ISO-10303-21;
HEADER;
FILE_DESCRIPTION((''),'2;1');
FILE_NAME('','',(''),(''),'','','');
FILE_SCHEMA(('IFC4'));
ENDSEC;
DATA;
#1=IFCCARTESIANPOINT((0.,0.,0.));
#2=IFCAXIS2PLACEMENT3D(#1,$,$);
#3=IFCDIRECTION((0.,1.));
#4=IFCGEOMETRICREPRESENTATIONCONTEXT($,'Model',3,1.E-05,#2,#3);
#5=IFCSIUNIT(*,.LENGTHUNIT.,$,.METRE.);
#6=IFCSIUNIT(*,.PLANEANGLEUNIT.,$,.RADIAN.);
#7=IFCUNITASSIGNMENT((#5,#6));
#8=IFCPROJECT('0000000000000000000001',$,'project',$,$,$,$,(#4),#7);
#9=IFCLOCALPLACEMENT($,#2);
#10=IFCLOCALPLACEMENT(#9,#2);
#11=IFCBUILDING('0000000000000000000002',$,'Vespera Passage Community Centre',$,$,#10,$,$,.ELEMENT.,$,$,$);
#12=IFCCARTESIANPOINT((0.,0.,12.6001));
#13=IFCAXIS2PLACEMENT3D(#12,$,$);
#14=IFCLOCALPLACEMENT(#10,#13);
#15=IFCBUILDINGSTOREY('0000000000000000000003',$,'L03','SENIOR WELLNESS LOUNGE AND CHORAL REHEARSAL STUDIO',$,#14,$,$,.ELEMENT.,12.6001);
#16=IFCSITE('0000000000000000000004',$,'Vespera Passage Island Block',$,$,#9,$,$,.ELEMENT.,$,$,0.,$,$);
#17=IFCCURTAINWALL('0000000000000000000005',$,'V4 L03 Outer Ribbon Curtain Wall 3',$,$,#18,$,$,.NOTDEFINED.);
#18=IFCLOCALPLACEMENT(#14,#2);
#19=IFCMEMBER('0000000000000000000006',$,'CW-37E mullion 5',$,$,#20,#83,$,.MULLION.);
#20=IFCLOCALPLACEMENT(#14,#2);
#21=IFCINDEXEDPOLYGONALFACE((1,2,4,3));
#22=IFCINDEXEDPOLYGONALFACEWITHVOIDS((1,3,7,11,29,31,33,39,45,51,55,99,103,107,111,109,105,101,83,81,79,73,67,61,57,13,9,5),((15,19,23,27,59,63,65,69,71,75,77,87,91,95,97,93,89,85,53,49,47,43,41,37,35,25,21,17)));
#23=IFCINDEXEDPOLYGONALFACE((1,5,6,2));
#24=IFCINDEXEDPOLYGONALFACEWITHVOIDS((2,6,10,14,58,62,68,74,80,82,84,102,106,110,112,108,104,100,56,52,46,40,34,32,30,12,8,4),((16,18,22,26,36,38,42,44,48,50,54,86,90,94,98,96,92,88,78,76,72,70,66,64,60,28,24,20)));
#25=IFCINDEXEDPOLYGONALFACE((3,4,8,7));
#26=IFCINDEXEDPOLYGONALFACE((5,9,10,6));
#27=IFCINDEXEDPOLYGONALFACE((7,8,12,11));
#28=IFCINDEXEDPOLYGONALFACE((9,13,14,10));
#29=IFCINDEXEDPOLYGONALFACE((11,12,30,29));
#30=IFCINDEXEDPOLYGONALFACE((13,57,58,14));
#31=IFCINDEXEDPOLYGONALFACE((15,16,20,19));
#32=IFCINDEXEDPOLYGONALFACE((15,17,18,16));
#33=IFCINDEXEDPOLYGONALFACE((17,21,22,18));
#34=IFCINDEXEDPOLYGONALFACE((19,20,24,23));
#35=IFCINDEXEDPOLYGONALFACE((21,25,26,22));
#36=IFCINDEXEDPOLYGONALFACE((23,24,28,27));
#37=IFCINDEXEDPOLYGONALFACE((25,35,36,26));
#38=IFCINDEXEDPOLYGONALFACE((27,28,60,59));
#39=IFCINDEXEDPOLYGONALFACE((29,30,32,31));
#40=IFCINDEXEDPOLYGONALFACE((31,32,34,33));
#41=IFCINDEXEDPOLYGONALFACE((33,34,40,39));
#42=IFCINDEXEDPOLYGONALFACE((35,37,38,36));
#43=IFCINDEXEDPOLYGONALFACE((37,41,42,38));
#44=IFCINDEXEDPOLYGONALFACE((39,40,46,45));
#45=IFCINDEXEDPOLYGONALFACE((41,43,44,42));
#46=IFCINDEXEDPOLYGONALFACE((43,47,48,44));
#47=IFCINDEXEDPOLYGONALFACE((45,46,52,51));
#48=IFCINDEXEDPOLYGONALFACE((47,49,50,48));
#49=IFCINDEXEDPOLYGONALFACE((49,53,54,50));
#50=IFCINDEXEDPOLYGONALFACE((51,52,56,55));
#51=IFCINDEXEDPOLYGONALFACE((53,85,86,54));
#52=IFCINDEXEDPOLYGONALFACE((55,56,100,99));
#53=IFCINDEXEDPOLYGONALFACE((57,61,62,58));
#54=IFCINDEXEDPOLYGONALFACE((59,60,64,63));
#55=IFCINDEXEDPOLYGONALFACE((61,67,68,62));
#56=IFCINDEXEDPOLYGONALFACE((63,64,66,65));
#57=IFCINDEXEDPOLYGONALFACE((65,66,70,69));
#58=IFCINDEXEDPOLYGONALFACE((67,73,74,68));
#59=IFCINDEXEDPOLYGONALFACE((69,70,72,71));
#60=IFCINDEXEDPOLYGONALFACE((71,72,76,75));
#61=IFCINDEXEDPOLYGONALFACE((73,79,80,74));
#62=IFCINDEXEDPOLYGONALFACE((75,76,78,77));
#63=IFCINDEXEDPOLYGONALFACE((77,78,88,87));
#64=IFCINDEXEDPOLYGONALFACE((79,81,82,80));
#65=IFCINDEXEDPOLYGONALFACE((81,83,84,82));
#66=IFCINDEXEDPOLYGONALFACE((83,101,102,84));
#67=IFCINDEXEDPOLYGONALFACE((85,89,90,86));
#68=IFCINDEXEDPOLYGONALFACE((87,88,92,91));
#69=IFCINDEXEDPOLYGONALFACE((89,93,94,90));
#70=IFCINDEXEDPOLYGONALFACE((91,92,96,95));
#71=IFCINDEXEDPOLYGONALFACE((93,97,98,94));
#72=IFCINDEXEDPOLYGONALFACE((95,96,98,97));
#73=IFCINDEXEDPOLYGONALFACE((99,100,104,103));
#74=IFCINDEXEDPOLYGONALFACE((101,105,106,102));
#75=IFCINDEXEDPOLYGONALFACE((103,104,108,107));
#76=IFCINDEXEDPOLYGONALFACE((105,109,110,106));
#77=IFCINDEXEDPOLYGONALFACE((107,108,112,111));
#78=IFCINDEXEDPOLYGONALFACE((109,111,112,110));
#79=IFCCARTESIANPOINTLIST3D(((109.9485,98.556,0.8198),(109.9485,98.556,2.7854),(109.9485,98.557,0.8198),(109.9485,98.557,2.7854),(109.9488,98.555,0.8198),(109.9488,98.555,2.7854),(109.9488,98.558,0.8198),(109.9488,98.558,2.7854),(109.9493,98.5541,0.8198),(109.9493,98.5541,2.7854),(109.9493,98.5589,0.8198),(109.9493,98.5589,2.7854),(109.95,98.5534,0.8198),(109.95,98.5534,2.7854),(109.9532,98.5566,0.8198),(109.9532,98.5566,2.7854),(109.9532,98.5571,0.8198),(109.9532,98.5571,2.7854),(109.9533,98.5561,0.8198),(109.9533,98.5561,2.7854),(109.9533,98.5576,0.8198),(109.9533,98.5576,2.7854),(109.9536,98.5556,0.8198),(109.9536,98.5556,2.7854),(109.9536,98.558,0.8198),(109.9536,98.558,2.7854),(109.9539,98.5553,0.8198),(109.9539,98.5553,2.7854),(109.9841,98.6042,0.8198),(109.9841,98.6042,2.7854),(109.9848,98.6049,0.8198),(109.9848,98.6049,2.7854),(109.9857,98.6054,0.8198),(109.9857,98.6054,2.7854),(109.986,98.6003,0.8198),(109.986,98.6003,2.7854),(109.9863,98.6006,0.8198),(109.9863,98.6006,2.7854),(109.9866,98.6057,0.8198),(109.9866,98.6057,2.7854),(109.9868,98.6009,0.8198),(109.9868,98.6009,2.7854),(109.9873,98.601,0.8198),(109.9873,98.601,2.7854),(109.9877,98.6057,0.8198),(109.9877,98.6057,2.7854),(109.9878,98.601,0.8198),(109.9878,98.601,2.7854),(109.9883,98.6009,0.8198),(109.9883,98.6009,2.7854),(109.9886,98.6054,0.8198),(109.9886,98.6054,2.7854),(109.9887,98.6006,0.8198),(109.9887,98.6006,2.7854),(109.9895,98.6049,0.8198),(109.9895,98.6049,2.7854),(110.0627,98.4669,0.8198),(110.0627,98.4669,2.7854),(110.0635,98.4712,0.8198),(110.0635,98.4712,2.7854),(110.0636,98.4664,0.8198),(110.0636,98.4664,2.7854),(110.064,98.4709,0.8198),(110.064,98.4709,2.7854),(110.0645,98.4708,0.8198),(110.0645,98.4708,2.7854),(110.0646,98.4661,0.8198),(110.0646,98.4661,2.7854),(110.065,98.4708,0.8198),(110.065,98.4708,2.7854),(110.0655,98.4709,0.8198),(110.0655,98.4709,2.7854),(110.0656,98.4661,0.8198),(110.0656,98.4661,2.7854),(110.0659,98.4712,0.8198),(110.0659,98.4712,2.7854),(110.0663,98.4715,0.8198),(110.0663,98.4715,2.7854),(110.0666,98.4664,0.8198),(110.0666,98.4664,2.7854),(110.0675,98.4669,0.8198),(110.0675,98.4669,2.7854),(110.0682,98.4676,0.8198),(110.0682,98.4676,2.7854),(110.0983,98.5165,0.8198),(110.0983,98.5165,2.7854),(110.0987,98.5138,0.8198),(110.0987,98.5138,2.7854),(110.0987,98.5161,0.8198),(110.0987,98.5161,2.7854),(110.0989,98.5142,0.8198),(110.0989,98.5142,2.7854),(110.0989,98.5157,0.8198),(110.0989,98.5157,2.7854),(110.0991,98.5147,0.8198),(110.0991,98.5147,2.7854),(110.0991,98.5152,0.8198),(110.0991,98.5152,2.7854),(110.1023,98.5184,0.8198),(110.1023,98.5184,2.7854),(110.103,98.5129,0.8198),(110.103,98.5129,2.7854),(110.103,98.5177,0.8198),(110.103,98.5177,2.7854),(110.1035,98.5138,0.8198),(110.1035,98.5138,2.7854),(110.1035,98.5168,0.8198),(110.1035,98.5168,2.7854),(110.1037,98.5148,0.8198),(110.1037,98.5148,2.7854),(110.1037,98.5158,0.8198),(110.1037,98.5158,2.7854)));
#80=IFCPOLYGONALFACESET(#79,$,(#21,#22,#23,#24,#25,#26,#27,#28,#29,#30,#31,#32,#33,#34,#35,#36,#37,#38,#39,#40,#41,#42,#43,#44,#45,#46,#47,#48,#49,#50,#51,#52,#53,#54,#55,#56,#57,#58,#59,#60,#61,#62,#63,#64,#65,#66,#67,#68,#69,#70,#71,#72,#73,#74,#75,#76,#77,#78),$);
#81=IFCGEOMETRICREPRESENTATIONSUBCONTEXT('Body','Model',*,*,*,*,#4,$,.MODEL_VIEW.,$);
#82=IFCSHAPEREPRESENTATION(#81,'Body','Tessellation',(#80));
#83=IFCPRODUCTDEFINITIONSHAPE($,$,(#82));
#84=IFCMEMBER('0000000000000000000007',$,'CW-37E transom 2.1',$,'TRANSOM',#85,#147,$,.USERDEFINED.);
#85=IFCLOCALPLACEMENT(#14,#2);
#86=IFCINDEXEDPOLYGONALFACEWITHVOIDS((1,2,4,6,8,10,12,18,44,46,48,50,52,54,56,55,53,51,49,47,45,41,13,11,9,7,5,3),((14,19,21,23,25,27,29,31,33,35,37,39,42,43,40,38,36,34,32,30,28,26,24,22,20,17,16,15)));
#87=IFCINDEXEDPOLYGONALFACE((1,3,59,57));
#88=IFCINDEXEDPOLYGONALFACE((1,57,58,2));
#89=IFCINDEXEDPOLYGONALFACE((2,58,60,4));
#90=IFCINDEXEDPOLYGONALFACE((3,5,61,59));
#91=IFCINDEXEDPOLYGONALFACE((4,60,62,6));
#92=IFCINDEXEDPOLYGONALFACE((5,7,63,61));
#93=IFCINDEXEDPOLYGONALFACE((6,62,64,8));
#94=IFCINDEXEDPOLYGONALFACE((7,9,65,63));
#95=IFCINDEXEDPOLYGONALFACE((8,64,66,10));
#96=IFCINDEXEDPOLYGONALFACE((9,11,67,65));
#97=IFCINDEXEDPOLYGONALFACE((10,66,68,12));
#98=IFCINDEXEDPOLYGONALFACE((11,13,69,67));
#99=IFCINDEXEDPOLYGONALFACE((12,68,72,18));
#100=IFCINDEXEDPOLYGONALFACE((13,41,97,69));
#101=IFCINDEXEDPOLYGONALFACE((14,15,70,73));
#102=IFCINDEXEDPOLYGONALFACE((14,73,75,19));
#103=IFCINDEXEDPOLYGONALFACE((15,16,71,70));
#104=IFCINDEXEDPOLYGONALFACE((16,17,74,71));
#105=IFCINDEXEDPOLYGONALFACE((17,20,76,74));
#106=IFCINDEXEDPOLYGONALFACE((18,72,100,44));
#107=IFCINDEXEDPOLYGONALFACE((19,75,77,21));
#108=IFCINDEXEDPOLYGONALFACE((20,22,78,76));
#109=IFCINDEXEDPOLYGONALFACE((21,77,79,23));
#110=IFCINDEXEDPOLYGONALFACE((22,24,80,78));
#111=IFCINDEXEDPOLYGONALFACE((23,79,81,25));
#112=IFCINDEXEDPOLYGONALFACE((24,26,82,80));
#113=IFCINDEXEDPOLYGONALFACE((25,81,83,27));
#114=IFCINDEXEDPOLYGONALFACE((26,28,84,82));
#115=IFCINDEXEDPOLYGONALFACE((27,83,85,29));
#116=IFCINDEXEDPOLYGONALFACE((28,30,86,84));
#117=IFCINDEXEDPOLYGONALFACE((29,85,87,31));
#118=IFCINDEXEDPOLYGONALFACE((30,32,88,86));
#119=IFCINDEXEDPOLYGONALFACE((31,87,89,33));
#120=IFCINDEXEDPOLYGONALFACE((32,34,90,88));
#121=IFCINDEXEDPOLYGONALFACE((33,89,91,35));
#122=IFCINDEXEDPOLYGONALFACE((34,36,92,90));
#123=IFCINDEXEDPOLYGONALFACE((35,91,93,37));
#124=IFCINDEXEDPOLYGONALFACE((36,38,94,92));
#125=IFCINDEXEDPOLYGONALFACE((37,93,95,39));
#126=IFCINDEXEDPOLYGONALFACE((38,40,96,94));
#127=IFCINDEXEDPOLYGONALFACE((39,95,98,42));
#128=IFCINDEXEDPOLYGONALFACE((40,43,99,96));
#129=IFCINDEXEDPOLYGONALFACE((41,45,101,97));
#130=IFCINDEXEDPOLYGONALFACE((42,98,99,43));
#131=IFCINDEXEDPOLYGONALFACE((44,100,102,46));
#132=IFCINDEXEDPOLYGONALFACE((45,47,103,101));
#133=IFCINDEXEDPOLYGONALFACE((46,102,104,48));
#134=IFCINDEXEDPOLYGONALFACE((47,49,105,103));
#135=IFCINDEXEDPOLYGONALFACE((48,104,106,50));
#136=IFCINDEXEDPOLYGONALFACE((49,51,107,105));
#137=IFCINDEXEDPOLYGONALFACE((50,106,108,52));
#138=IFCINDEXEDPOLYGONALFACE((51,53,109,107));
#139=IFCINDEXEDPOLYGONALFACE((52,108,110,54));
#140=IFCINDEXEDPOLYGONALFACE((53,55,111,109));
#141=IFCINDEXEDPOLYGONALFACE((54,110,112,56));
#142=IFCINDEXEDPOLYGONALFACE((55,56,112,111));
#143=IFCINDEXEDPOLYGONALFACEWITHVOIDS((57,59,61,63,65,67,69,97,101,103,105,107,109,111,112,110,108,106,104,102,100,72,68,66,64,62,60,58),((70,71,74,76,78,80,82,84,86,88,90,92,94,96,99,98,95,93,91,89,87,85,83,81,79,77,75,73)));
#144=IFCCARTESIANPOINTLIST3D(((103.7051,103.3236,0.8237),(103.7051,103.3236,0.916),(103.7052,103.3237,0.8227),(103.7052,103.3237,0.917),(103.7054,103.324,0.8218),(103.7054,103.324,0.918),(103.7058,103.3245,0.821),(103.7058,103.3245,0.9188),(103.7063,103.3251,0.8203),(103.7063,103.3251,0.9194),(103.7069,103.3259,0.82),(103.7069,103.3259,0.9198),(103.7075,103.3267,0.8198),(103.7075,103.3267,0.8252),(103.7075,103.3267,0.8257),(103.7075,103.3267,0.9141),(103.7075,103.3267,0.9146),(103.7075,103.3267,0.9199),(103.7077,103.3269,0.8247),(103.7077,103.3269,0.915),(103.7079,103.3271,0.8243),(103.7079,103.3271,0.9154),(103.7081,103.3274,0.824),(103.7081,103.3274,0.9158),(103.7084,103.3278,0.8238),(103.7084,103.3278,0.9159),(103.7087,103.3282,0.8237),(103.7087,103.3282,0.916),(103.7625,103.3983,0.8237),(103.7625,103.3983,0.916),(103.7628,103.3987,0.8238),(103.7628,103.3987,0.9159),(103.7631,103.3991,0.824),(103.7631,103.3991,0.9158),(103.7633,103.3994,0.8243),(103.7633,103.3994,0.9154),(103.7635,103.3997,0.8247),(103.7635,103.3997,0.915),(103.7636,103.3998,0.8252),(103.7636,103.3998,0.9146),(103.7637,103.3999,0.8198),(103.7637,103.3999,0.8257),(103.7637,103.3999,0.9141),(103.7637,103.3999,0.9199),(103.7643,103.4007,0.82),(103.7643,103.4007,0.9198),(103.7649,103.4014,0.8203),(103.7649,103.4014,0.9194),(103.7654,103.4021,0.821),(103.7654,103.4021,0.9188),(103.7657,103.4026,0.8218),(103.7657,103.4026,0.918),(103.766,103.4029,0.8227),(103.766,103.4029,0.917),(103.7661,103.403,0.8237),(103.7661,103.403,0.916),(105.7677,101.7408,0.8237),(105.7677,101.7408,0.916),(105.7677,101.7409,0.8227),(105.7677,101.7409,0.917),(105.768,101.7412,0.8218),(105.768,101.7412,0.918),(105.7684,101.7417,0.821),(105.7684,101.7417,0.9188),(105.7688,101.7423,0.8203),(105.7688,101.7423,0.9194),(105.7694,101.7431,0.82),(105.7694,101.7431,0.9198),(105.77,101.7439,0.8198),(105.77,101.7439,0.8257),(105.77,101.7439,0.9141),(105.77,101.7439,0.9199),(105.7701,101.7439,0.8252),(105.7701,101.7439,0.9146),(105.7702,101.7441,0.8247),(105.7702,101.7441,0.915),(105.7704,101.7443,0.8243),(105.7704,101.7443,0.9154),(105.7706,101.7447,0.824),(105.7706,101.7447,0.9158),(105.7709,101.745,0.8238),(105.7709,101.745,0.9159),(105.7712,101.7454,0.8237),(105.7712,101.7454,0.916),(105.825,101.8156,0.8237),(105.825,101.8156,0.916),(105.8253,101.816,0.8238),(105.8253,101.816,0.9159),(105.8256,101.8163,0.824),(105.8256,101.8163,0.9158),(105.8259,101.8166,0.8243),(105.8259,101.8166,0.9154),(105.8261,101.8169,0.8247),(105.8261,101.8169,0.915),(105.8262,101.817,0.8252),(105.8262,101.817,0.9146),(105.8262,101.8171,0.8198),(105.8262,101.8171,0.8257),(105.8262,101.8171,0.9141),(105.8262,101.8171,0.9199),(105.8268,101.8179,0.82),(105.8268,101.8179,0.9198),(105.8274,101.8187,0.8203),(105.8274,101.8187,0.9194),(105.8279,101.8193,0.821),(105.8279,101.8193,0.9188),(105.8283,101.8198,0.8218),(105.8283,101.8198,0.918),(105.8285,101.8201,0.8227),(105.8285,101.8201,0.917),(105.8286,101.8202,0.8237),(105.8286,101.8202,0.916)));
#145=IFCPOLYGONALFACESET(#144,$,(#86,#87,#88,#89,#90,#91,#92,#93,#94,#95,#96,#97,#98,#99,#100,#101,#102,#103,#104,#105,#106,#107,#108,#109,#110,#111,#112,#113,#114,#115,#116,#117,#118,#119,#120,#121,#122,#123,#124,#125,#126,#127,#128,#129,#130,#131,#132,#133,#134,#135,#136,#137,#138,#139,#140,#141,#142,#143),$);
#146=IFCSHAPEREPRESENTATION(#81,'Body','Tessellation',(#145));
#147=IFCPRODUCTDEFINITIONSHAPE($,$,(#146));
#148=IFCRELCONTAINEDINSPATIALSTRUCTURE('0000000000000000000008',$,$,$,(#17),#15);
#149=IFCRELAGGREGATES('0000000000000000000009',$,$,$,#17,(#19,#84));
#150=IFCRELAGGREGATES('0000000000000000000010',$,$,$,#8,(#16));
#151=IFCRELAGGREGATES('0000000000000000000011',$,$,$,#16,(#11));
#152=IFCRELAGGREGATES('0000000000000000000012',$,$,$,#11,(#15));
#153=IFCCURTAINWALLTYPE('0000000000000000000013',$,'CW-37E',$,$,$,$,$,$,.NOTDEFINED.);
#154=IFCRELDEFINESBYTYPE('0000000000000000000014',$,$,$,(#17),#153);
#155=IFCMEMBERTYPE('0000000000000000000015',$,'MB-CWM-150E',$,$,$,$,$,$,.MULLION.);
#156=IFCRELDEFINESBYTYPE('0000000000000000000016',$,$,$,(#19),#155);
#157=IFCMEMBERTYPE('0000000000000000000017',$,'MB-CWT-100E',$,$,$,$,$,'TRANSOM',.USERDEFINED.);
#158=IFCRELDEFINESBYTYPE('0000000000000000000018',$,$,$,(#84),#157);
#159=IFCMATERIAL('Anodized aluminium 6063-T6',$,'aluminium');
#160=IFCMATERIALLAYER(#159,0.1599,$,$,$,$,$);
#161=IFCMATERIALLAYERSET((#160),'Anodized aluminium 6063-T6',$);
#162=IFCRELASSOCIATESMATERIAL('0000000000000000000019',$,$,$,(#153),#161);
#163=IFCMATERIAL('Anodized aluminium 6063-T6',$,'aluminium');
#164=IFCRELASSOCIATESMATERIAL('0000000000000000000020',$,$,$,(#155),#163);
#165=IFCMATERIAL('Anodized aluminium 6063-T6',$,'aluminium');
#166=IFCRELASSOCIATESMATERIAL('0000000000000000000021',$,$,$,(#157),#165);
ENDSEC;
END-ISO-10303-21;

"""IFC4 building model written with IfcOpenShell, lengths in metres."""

from ifc_helpers import new_model, si_unit, direction, frame, origin, origin_2d, place, context, subcontext, project, spatial, hollow_rectangle, extrude, material, layer, layer_set, material_profile, profile_set, type_object, element, aggregate, save


model = new_model("IFC4")

# Units and contexts
model_context = context("Model", 3, precision=1e-05, world=origin(), true_north=direction((0.0, 1.0)))
body_context = subcontext(model_context, "Body", "Model", "MODEL_VIEW")
ifc_project = project(units=[si_unit("LENGTHUNIT", "METRE"), si_unit("PLANEANGLEUNIT", "RADIAN")], contexts=[model_context])

# Site, building, storey
site_placement = place(None, origin())
site = spatial("IfcSite", under=ifc_project, at=site_placement, Name="Vespera Passage Island Block", CompositionType="ELEMENT", RefElevation=0.0)
building_placement = place(site_placement, origin())
building = spatial("IfcBuilding", under=site, at=building_placement, Name="Vespera Passage Community Centre", CompositionType="ELEMENT")
storey_placement = place(building_placement, frame((0.0, 0.0, 12.6001)))
storey = spatial("IfcBuildingStorey", under=building, at=storey_placement, Name="L03", Description="SENIOR WELLNESS LOUNGE AND CHORAL REHEARSAL STUDIO", CompositionType="ELEMENT", Elevation=12.6001)

# Curtain wall, members
ifc_material_1 = material(Name="Anodized aluminium 6063-T6", Category="aluminium")
ifc_layer_1 = layer(ifc_material_1, 0.1599)
ifc_layer_set_1 = layer_set([ifc_layer_1], Name="Anodized aluminium 6063-T6")
curtain_wall_type = type_object("IfcCurtainWallType", Name="CW-37E", PredefinedType="NOTDEFINED", material=ifc_layer_set_1)
curtain_wall_placement = place(storey_placement, origin())
curtain_wall = element("IfcCurtainWall", 1, at=curtain_wall_placement, inside=storey, type_object=curtain_wall_type, Name="V4 L03 Outer Ribbon Curtain Wall 3", PredefinedType="NOTDEFINED")
ifc_material_2 = material(Name="Anodized aluminium 6063-T6", Category="aluminium")
ifc_material_profile_1 = material_profile(ifc_material_2, hollow_rectangle(XDim=0.0649, YDim=0.1499, WallThickness=0.0039, InnerFilletRadius=0.002, OuterFilletRadius=0.0039, at=origin_2d()), Name="ALU150X65X4")
ifc_profile_set_1 = profile_set([ifc_material_profile_1], Name="Anodized aluminium 6063-T6")
member_type_1 = type_object("IfcMemberType", Name="MB-CWM-150E", PredefinedType="MULLION", material=ifc_profile_set_1)
member_1_placement = place(storey_placement, frame((110.0261, 98.5359, 0.8198), z_axis=(0.0, 0.0, 1.0), x_axis=(0.608772, 0.793345, 0.0)))
member_1 = element("IfcMember", 2, at=member_1_placement, type_object=member_type_1, Name="CW-37E mullion 5", PredefinedType="MULLION", context=body_context, shape_type="SweptSolid", body=[
    extrude(hollow_rectangle(XDim=0.0649, YDim=0.1499, WallThickness=0.0039, InnerFilletRadius=0.002, OuterFilletRadius=0.0039, at=origin_2d()), origin(), (0.0, 0.0, 1.0), 1.9656),
])
ifc_material_3 = material(Name="Anodized aluminium 6063-T6", Category="aluminium")
ifc_material_profile_2 = material_profile(ifc_material_3, hollow_rectangle(XDim=0.1001, YDim=0.1001, WallThickness=0.0039, InnerFilletRadius=0.002, OuterFilletRadius=0.0039, at=origin_2d()), Name="ALU100X100X4")
ifc_profile_set_2 = profile_set([ifc_material_profile_2], Name="Anodized aluminium 6063-T6")
member_type_2 = type_object("IfcMemberType", Name="MB-CWT-100E", ElementType="TRANSOM", PredefinedType="USERDEFINED", material=ifc_profile_set_2)
member_2_placement = place(storey_placement, frame((103.7356, 103.3633, 0.8699), z_axis=(0.793325, -0.608798, 0.0), x_axis=(0.608798, 0.793325, 0.0)))
member_2 = element("IfcMember", 3, at=member_2_placement, type_object=member_type_2, Name="CW-37E transom 2.1", ObjectType="TRANSOM", PredefinedType="USERDEFINED", context=body_context, shape_type="SweptSolid", body=[
    extrude(hollow_rectangle(XDim=0.1001, YDim=0.1001, WallThickness=0.0039, InnerFilletRadius=0.002, OuterFilletRadius=0.0039, at=origin_2d()), origin(), (0.0, 0.0, 1.0), 2.5999),
])
aggregate(curtain_wall, [member_1, member_2])

save(model, "model.ifc")
